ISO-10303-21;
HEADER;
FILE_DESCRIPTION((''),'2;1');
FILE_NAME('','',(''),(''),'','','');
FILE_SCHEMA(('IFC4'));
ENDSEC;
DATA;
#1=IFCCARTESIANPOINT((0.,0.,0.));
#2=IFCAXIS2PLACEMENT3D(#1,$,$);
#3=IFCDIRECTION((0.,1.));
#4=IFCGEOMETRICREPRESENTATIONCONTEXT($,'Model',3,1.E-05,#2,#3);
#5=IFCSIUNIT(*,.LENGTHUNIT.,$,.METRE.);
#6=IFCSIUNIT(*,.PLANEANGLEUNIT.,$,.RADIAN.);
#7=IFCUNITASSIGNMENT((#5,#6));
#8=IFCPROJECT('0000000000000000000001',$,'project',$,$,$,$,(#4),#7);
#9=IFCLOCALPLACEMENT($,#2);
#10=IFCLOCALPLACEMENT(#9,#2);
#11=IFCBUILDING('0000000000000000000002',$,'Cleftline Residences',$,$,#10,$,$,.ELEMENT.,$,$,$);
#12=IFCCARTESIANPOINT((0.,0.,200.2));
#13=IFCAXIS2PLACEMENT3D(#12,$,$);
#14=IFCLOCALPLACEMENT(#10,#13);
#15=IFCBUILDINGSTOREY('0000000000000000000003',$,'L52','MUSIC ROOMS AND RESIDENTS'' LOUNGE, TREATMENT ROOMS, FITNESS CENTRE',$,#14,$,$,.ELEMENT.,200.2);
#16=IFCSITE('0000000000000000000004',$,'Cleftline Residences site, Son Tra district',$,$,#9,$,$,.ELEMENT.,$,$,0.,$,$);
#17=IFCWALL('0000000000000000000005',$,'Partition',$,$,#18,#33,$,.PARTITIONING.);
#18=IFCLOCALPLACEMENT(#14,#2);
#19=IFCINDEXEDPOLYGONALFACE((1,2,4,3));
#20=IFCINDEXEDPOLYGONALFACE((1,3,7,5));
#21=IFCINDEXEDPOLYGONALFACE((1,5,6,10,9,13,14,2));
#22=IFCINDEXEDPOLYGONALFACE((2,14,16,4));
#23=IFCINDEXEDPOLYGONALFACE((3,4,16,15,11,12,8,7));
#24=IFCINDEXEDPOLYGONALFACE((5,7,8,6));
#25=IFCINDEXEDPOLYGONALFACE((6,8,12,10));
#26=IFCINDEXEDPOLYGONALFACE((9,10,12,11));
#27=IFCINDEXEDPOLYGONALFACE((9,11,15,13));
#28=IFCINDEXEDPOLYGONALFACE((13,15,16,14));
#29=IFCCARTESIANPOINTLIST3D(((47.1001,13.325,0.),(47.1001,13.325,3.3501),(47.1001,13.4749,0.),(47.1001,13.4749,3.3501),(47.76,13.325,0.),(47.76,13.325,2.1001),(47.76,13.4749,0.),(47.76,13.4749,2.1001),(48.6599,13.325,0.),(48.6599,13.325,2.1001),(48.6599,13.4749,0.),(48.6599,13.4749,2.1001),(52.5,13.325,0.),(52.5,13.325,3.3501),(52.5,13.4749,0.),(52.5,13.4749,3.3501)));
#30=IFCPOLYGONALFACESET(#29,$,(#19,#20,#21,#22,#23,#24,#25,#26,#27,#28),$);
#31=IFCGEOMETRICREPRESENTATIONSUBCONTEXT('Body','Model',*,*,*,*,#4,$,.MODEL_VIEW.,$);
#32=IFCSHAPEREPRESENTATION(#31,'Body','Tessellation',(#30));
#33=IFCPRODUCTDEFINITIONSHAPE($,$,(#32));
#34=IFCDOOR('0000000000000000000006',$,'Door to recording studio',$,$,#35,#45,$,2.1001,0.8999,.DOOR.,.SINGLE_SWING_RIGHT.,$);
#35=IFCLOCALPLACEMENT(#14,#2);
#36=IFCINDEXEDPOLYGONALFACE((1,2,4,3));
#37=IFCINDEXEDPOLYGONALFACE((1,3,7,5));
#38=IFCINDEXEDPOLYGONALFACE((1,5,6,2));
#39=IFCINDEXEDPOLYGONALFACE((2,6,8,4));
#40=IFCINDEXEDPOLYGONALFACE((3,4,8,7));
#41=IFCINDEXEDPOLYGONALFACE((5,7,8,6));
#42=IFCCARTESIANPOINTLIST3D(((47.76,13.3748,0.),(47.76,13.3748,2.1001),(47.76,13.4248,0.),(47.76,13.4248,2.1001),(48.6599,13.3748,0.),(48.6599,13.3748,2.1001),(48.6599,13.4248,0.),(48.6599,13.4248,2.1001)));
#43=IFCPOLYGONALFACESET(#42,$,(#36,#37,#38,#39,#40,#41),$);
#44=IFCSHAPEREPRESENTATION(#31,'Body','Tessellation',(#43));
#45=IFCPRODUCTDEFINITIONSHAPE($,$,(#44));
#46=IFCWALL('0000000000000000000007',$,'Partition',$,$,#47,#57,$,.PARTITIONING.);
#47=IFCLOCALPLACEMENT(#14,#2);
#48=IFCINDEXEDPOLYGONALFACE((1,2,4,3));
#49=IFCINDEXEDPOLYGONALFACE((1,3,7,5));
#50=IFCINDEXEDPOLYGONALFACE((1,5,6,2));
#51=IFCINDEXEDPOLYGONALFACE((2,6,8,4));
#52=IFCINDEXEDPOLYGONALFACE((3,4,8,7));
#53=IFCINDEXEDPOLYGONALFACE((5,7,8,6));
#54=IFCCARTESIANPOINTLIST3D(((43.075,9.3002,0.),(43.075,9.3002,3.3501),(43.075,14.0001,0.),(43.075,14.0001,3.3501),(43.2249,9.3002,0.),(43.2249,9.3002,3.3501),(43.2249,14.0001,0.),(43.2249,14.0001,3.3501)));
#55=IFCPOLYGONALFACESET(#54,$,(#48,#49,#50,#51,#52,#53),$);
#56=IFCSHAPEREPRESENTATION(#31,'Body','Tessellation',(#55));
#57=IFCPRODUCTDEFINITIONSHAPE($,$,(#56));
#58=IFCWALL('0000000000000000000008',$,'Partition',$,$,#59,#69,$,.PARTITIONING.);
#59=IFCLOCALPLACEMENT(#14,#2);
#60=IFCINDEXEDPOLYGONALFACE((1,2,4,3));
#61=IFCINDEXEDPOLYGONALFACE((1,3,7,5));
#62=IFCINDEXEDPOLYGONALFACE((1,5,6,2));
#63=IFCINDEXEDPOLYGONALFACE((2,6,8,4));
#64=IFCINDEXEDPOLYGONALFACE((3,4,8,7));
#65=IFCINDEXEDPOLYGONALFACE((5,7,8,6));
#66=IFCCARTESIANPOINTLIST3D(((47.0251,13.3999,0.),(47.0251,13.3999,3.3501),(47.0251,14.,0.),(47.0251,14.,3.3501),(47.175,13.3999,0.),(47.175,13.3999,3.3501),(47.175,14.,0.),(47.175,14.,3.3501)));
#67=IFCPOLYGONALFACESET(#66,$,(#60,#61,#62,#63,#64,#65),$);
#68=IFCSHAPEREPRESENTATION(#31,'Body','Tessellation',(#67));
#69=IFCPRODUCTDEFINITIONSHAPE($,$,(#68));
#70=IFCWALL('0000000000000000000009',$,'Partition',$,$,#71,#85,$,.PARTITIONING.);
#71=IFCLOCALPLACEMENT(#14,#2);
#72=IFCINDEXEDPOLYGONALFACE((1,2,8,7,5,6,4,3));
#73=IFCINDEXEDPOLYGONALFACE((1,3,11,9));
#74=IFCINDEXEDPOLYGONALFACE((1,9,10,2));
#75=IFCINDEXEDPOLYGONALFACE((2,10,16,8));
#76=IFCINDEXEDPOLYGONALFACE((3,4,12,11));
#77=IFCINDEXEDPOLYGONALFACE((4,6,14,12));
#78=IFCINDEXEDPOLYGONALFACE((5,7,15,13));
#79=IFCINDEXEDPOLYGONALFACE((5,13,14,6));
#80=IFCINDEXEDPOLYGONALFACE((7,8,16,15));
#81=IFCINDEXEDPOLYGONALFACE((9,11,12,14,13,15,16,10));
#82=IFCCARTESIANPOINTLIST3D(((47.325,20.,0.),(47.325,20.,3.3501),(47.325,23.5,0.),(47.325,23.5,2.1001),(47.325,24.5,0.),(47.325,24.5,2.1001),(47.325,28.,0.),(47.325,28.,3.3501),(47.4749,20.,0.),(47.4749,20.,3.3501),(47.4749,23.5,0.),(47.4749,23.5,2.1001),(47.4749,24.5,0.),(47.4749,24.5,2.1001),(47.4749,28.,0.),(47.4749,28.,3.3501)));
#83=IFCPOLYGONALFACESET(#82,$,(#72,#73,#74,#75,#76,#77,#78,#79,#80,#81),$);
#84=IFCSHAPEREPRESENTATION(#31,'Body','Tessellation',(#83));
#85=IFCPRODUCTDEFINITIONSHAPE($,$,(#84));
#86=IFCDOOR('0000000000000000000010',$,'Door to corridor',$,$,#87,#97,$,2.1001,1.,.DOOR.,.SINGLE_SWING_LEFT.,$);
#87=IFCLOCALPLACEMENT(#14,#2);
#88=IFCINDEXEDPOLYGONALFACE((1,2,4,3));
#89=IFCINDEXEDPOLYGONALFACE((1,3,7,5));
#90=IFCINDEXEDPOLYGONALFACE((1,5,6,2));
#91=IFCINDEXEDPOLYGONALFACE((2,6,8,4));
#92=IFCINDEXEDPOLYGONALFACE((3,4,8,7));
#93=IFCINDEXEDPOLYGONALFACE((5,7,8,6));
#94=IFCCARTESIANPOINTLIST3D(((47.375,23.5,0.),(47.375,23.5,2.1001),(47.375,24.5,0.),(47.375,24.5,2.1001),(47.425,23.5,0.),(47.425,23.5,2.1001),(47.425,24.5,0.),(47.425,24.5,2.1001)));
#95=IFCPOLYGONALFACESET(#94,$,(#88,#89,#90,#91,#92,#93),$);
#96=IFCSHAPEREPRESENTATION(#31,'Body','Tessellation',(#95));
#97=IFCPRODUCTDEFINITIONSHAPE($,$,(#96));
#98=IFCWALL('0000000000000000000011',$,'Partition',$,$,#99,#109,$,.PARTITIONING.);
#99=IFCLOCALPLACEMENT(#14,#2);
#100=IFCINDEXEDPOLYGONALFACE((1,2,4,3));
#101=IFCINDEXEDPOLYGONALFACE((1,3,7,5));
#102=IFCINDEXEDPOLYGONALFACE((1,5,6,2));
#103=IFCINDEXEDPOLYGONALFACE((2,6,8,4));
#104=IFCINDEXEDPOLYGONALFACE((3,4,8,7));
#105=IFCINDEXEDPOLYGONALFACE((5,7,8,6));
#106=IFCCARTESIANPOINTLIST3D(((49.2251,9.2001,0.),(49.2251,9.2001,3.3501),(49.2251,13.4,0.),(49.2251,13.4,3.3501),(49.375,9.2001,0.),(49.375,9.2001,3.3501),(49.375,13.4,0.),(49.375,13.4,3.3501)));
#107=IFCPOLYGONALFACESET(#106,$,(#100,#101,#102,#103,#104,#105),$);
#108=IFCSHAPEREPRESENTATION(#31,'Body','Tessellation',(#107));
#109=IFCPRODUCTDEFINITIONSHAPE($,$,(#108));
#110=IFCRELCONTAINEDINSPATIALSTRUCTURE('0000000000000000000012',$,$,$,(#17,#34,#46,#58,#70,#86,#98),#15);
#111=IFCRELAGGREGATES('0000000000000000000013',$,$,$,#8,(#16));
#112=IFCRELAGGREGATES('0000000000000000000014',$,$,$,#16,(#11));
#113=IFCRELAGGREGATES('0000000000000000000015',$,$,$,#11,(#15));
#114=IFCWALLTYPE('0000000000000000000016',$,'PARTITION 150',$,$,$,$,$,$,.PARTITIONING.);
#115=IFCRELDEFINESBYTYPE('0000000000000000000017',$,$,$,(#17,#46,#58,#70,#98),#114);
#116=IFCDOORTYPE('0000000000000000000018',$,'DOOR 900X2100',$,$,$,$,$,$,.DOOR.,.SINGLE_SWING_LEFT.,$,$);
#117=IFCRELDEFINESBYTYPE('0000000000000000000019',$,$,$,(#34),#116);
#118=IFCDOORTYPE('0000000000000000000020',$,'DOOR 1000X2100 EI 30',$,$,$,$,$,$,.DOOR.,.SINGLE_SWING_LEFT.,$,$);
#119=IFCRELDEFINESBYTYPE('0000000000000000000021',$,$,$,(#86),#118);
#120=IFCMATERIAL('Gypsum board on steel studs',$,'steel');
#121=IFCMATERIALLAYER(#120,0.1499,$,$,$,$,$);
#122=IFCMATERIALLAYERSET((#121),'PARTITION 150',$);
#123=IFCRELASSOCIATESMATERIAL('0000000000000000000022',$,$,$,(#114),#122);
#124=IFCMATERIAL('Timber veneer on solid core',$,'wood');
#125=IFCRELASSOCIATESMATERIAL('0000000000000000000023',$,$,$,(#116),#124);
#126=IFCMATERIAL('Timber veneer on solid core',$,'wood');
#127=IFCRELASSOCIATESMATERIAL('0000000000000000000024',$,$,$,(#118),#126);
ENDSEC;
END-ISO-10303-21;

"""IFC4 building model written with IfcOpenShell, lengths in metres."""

from ifc_helpers import new_model, si_unit, direction, frame, frame_2d, origin, place, context, subcontext, project, spatial, rectangle, extrude, material, layer, layer_set, type_object, element, fill, save


model = new_model("IFC4")

# Units and contexts
model_context = context("Model", 3, precision=1e-05, world=origin(), true_north=direction((0.0, 1.0)))
body_context = subcontext(model_context, "Body", "Model", "MODEL_VIEW")
ifc_project = project(units=[si_unit("LENGTHUNIT", "METRE"), si_unit("PLANEANGLEUNIT", "RADIAN")], contexts=[model_context])

# Site, building, storey
site_placement = place(None, origin())
site = spatial("IfcSite", under=ifc_project, at=site_placement, Name="Cleftline Residences site, Son Tra district", CompositionType="ELEMENT", RefElevation=0.0)
building_placement = place(site_placement, origin())
building = spatial("IfcBuilding", under=site, at=building_placement, Name="Cleftline Residences", CompositionType="ELEMENT")
storey_placement = place(building_placement, frame((0.0, 0.0, 200.2)))
storey = spatial("IfcBuildingStorey", under=building, at=storey_placement, Name="L52", Description="MUSIC ROOMS AND RESIDENTS' LOUNGE, TREATMENT ROOMS, FITNESS CENTRE", CompositionType="ELEMENT", Elevation=200.2)

# Wall, opening, door
ifc_material_1 = material(Name="Gypsum board on steel studs", Category="steel")
ifc_layer_1 = layer(ifc_material_1, 0.1499)
ifc_layer_set_1 = layer_set([ifc_layer_1], Name="PARTITION 150")
wall_type_1 = type_object("IfcWallType", Name="PARTITION 150", PredefinedType="PARTITIONING", material=ifc_layer_set_1)
wall_1_placement = place(storey_placement, frame((47.1001, 13.3999, 0.0), z_axis=(0.0, 0.0, 1.0), x_axis=(1.0, 0.0, 0.0)))
wall_1 = element("IfcWall", 1, at=wall_1_placement, inside=storey, type_object=wall_type_1, Name="Partition", PredefinedType="PARTITIONING", context=body_context, shape_type="SweptSolid", body=[
    extrude(rectangle(XDim=5.3999, YDim=0.1499, at=frame_2d((2.7, 0.0))), origin(), (0.0, 0.0, 1.0), 3.3501),
])
opening_1_placement = place(wall_1_placement, frame((0.6599, 0.0, 0.0)))
opening_1 = element("IfcOpeningElement", 2, at=opening_1_placement, cuts=wall_1, PredefinedType="OPENING", context=body_context, shape_type="SweptSolid", body=[
    extrude(rectangle(XDim=0.8999, YDim=2.1001, at=frame_2d((0.45, 1.05))), frame((0.0, 0.085, 0.0), z_axis=(0.0, -1.0, 0.0), x_axis=(1.0, 0.0, 0.0)), (0.0, 0.0, 1.0), 0.1699),
])
ifc_material_2 = material(Name="Timber veneer on solid core", Category="wood")
door_type_1 = type_object("IfcDoorType", Name="DOOR 900X2100", OperationType="SINGLE_SWING_LEFT", PredefinedType="DOOR", material=ifc_material_2)
door_1_placement = place(opening_1_placement, origin())
door_1 = element("IfcDoor", 3, at=door_1_placement, inside=storey, type_object=door_type_1, Name="Door to recording studio", OperationType="SINGLE_SWING_RIGHT", OverallHeight=2.1001, OverallWidth=0.8999, PredefinedType="DOOR", context=body_context, shape_type="SweptSolid", body=[
    extrude(rectangle(XDim=0.8999, YDim=2.1001, at=frame_2d((0.45, 1.05))), frame((0.0, 0.0249, 0.0), z_axis=(0.0, -1.0, 0.0), x_axis=(1.0, 0.0, 0.0)), (0.0, 0.0, 1.0), 0.05),
])
fill(opening_1, door_1)

# Walls
wall_2_placement = place(storey_placement, frame((43.1499, 9.3, 0.0), z_axis=(0.0, 0.0, 1.0), x_axis=(0.0, 1.0, 0.0)))
element("IfcWall", 4, at=wall_2_placement, inside=storey, type_object=wall_type_1, Name="Partition", PredefinedType="PARTITIONING", context=body_context, shape_type="SweptSolid", body=[
    extrude(rectangle(XDim=4.7, YDim=0.1499, at=frame_2d((2.3501, 0.0))), origin(), (0.0, 0.0, 1.0), 3.3501),
])
wall_3_placement = place(storey_placement, frame((47.1001, 13.3999, 0.0), z_axis=(0.0, 0.0, 1.0), x_axis=(0.0, 1.0, 0.0)))
element("IfcWall", 5, at=wall_3_placement, inside=storey, type_object=wall_type_1, Name="Partition", PredefinedType="PARTITIONING", context=body_context, shape_type="SweptSolid", body=[
    extrude(rectangle(XDim=0.6001, YDim=0.1499, at=frame_2d((0.3, 0.0))), origin(), (0.0, 0.0, 1.0), 3.3501),
])

# Wall, opening, door
wall_4_placement = place(storey_placement, frame((47.3999, 20.0, 0.0), z_axis=(0.0, 0.0, 1.0), x_axis=(0.0, 1.0, 0.0)))
wall_4 = element("IfcWall", 6, at=wall_4_placement, inside=storey, type_object=wall_type_1, Name="Partition", PredefinedType="PARTITIONING", context=body_context, shape_type="SweptSolid", body=[
    extrude(rectangle(XDim=8.0, YDim=0.1499, at=frame_2d((4.0, 0.0))), origin(), (0.0, 0.0, 1.0), 3.3501),
])
opening_2_placement = place(wall_4_placement, frame((3.5, 0.0, 0.0)))
opening_2 = element("IfcOpeningElement", 7, at=opening_2_placement, cuts=wall_4, PredefinedType="OPENING", context=body_context, shape_type="SweptSolid", body=[
    extrude(rectangle(XDim=1.0, YDim=2.1001, at=frame_2d((0.5, 1.05))), frame((0.0, 0.085, 0.0), z_axis=(0.0, -1.0, 0.0), x_axis=(1.0, 0.0, 0.0)), (0.0, 0.0, 1.0), 0.1699),
])
ifc_material_3 = material(Name="Timber veneer on solid core", Category="wood")
door_type_2 = type_object("IfcDoorType", Name="DOOR 1000X2100 EI 30", OperationType="SINGLE_SWING_LEFT", PredefinedType="DOOR", material=ifc_material_3)
door_2_placement = place(opening_2_placement, origin())
door_2 = element("IfcDoor", 8, at=door_2_placement, inside=storey, type_object=door_type_2, Name="Door to corridor", OperationType="SINGLE_SWING_LEFT", OverallHeight=2.1001, OverallWidth=1.0, PredefinedType="DOOR", context=body_context, shape_type="SweptSolid", body=[
    extrude(rectangle(XDim=1.0, YDim=2.1001, at=frame_2d((0.5, 1.05))), frame((0.0, 0.0249, 0.0), z_axis=(0.0, -1.0, 0.0), x_axis=(1.0, 0.0, 0.0)), (0.0, 0.0, 1.0), 0.05),
])
fill(opening_2, door_2)

# Wall
wall_5_placement = place(storey_placement, frame((49.3, 9.2, 0.0), z_axis=(0.0, 0.0, 1.0), x_axis=(0.0, 1.0, 0.0)))
element("IfcWall", 9, at=wall_5_placement, inside=storey, type_object=wall_type_1, Name="Partition", PredefinedType="PARTITIONING", context=body_context, shape_type="SweptSolid", body=[
    extrude(rectangle(XDim=4.2, YDim=0.1499, at=frame_2d((2.1001, 0.0))), origin(), (0.0, 0.0, 1.0), 3.3501),
])

save(model, "model.ifc")
